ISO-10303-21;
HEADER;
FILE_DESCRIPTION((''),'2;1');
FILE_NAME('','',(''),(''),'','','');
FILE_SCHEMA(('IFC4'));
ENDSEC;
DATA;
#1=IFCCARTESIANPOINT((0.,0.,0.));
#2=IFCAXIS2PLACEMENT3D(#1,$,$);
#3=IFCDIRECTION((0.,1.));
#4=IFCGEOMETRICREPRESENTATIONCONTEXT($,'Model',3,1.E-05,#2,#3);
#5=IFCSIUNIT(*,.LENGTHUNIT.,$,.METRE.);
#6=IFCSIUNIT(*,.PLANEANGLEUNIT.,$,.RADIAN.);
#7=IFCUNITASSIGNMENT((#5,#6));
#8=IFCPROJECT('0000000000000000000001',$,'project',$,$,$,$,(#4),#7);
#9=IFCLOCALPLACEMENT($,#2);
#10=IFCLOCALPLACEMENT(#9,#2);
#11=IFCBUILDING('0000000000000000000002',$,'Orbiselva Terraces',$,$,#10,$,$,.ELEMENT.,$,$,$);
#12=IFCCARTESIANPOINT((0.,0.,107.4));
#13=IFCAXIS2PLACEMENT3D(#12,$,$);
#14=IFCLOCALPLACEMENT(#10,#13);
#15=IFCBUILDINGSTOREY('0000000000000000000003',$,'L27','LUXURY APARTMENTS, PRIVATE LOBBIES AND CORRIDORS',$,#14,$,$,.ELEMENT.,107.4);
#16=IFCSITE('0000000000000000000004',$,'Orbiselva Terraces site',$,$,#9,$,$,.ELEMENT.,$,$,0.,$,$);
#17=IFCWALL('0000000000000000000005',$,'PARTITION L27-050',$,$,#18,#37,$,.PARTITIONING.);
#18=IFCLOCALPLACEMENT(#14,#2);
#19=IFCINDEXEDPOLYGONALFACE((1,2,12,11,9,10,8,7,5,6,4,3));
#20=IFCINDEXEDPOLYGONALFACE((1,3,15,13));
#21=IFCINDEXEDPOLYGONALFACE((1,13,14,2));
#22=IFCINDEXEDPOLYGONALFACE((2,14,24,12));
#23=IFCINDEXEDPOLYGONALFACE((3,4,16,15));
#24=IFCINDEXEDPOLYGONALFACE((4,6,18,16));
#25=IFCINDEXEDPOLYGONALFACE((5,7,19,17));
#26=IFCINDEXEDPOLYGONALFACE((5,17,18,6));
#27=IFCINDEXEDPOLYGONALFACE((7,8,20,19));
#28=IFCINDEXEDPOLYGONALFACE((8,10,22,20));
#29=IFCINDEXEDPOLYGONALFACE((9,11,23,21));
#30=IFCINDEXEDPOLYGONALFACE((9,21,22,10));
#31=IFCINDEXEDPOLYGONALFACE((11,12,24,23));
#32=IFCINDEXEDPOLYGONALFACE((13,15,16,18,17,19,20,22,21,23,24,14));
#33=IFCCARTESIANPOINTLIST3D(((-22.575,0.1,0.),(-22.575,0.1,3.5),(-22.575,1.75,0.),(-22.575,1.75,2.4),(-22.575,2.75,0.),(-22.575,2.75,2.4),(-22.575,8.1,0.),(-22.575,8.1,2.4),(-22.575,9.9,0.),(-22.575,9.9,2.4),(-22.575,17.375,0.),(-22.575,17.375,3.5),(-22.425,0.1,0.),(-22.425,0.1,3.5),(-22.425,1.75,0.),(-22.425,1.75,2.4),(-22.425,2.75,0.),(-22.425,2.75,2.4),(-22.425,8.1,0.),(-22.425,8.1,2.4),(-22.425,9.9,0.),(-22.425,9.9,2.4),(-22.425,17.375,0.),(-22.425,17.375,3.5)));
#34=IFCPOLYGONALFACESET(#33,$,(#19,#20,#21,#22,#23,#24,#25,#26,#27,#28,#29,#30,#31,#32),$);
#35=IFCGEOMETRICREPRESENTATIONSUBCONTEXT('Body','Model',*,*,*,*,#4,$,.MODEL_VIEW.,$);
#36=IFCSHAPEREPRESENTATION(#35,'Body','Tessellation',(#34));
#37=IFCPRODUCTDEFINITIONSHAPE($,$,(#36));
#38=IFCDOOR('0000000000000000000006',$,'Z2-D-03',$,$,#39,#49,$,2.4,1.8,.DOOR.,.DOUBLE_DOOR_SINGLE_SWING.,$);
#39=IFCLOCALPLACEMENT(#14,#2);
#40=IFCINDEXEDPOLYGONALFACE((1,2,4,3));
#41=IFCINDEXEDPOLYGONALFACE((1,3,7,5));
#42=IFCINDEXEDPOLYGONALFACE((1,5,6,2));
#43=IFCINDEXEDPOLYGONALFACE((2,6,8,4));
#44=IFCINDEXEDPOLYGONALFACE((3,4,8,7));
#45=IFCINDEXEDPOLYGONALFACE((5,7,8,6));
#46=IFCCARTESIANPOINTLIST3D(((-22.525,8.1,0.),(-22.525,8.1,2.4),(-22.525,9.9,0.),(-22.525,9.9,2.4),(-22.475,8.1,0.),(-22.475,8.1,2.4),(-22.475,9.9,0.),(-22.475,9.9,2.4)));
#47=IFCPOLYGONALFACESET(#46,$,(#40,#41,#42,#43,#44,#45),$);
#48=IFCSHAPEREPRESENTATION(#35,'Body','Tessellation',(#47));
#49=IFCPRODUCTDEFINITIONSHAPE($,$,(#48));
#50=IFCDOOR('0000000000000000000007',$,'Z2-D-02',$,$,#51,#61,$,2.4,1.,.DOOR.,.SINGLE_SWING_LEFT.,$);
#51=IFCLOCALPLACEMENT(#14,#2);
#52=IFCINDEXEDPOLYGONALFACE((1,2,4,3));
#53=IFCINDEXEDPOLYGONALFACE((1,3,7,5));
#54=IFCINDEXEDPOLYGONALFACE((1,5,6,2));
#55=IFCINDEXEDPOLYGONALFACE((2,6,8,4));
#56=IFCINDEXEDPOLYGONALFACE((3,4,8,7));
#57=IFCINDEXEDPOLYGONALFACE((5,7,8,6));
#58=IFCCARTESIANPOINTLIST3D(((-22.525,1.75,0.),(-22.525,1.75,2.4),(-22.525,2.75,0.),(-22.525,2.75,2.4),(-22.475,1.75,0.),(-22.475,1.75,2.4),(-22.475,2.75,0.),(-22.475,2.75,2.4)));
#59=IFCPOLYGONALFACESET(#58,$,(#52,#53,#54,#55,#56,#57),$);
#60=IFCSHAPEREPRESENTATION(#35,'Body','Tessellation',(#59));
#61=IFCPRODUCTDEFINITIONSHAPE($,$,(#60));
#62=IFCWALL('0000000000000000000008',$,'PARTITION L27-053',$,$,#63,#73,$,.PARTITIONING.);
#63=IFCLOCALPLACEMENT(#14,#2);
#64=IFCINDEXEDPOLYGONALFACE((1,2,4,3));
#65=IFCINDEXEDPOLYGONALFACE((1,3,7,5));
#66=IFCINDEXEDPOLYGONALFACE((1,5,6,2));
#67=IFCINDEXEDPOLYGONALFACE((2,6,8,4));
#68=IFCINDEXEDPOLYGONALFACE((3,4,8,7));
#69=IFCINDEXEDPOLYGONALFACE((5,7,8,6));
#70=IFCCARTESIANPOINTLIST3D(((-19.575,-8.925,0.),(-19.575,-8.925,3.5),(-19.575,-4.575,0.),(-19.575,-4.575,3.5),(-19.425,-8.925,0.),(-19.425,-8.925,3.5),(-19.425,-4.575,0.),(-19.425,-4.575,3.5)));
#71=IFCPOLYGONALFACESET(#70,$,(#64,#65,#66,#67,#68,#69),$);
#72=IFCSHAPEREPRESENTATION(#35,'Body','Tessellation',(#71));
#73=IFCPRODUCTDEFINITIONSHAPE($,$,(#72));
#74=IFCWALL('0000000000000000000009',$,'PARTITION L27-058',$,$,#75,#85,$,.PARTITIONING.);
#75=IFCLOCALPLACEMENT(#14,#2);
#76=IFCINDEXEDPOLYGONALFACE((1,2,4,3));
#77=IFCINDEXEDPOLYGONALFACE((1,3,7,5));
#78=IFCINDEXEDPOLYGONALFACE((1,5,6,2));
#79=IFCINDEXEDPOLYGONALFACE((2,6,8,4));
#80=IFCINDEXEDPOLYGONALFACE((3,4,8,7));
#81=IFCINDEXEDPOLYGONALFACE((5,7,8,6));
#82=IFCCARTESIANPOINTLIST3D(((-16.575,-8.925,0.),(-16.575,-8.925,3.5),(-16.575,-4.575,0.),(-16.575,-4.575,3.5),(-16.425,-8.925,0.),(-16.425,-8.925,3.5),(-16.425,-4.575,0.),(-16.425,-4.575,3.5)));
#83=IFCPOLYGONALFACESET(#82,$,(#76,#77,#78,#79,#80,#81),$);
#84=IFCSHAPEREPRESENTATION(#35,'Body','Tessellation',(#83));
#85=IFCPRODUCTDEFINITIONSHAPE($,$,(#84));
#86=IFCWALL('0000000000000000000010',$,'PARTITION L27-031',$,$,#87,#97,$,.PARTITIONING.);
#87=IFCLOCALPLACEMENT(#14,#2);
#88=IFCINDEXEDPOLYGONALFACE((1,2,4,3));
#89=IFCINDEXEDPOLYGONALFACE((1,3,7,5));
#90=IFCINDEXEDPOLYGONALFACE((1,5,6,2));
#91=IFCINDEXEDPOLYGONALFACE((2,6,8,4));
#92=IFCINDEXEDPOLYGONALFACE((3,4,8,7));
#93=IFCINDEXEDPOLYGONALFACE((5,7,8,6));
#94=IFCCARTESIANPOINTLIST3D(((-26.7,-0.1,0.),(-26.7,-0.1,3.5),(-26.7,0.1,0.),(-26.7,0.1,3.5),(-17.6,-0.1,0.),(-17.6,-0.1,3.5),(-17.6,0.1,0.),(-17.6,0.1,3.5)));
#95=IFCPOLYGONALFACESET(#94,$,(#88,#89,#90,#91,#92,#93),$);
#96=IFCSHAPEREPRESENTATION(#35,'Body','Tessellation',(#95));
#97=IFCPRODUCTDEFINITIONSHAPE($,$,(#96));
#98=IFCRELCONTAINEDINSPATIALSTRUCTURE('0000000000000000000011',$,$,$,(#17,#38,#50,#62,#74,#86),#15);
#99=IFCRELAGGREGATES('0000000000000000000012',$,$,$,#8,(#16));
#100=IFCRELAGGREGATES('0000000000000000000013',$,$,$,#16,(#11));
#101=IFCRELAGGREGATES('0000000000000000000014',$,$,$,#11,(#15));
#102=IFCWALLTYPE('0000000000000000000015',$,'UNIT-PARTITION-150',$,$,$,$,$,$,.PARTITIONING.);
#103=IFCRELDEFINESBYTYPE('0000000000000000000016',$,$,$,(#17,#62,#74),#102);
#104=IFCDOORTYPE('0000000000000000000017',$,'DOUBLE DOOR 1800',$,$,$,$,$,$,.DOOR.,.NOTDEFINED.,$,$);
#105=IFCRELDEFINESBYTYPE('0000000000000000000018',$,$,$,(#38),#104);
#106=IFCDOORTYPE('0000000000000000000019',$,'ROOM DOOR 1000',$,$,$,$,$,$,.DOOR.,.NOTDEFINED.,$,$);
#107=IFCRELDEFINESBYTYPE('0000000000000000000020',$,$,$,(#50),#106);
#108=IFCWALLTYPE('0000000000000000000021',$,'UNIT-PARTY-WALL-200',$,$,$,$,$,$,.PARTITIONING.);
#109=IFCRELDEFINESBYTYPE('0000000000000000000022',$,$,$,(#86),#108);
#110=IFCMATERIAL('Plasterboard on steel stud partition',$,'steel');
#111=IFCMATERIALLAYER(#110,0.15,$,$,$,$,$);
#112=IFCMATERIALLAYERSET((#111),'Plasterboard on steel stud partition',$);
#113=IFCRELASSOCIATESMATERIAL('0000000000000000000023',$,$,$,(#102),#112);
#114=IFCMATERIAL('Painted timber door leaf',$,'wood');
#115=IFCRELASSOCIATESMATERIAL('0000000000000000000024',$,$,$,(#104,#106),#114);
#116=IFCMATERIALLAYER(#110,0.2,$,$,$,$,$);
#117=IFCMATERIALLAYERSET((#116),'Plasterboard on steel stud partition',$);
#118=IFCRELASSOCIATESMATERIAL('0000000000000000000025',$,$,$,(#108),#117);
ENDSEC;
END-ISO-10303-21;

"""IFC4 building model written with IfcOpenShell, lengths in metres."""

from ifc_helpers import new_model, si_unit, direction, frame, frame_2d, origin, place, context, subcontext, project, spatial, rectangle, extrude, material, layer, layer_set, type_object, element, fill, save


model = new_model("IFC4")

# Units and contexts
model_context = context("Model", 3, precision=1e-05, world=origin(), true_north=direction((0.0, 1.0)))
body_context = subcontext(model_context, "Body", "Model", "MODEL_VIEW")
ifc_project = project(units=[si_unit("LENGTHUNIT", "METRE"), si_unit("PLANEANGLEUNIT", "RADIAN")], contexts=[model_context])

# Site, building, storey
site_placement = place(None, origin())
site = spatial("IfcSite", under=ifc_project, at=site_placement, Name="Orbiselva Terraces site", CompositionType="ELEMENT", RefElevation=0.0)
building_placement = place(site_placement, origin())
building = spatial("IfcBuilding", under=site, at=building_placement, Name="Orbiselva Terraces", CompositionType="ELEMENT")
storey_placement = place(building_placement, frame((0.0, 0.0, 107.4)))
storey = spatial("IfcBuildingStorey", under=building, at=storey_placement, Name="L27", Description="LUXURY APARTMENTS, PRIVATE LOBBIES AND CORRIDORS", CompositionType="ELEMENT", Elevation=107.4)

# Shared definitions
ifc_material_1 = material(Name="Plasterboard on steel stud partition", Category="steel")

# Wall, openings, doors
ifc_layer_1 = layer(ifc_material_1, 0.15)
ifc_layer_set_1 = layer_set([ifc_layer_1], Name="Plasterboard on steel stud partition")
wall_type_1 = type_object("IfcWallType", Name="UNIT-PARTITION-150", PredefinedType="PARTITIONING", material=ifc_layer_set_1)
ifc_material_2 = material(Name="Painted timber door leaf", Category="wood")
wall_1_placement = place(storey_placement, frame((-22.5, 0.1, 0.0), z_axis=(0.0, 0.0, 1.0), x_axis=(0.0, 1.0, 0.0)))
wall_1 = element("IfcWall", 1, at=wall_1_placement, inside=storey, type_object=wall_type_1, Name="PARTITION L27-050", PredefinedType="PARTITIONING", context=body_context, shape_type="SweptSolid", body=[
    extrude(rectangle(XDim=17.275, YDim=0.15, at=frame_2d((8.6375, 0.0))), origin(), (0.0, 0.0, 1.0), 3.5),
])
opening_1_placement = place(wall_1_placement, frame((1.65, 0.0, 0.0)))
opening_1 = element("IfcOpeningElement", 2, at=opening_1_placement, cuts=wall_1, PredefinedType="OPENING", context=body_context, shape_type="SweptSolid", body=[
    extrude(rectangle(XDim=1.0, YDim=2.4, at=frame_2d((0.5, 1.2))), frame((0.0, 0.085, 0.0), z_axis=(0.0, -1.0, 0.0), x_axis=(1.0, 0.0, 0.0)), (0.0, 0.0, 1.0), 0.17),
])
opening_2_placement = place(wall_1_placement, frame((8.0, 0.0, 0.0)))
opening_2 = element("IfcOpeningElement", 3, at=opening_2_placement, cuts=wall_1, PredefinedType="OPENING", context=body_context, shape_type="SweptSolid", body=[
    extrude(rectangle(XDim=1.8, YDim=2.4, at=frame_2d((0.9, 1.2))), frame((0.0, 0.085, 0.0), z_axis=(0.0, -1.0, 0.0), x_axis=(1.0, 0.0, 0.0)), (0.0, 0.0, 1.0), 0.17),
])
door_type_1 = type_object("IfcDoorType", Name="DOUBLE DOOR 1800", OperationType="NOTDEFINED", PredefinedType="DOOR", material=ifc_material_2)
door_1_placement = place(opening_2_placement, origin())
door_1 = element("IfcDoor", 4, at=door_1_placement, inside=storey, type_object=door_type_1, Name="Z2-D-03", OperationType="DOUBLE_DOOR_SINGLE_SWING", OverallHeight=2.4, OverallWidth=1.8, PredefinedType="DOOR", context=body_context, shape_type="SweptSolid", body=[
    extrude(rectangle(XDim=1.8, YDim=2.4, at=frame_2d((0.9, 1.2))), frame((0.0, 0.025, 0.0), z_axis=(0.0, -1.0, 0.0), x_axis=(1.0, 0.0, 0.0)), (0.0, 0.0, 1.0), 0.05),
])
fill(opening_2, door_1)
door_type_2 = type_object("IfcDoorType", Name="ROOM DOOR 1000", OperationType="NOTDEFINED", PredefinedType="DOOR", material=ifc_material_2)
door_2_placement = place(opening_1_placement, origin())
door_2 = element("IfcDoor", 5, at=door_2_placement, inside=storey, type_object=door_type_2, Name="Z2-D-02", OperationType="SINGLE_SWING_LEFT", OverallHeight=2.4, OverallWidth=1.0, PredefinedType="DOOR", context=body_context, shape_type="SweptSolid", body=[
    extrude(rectangle(XDim=1.0, YDim=2.4, at=frame_2d((0.5, 1.2))), frame((0.0, 0.025, 0.0), z_axis=(0.0, -1.0, 0.0), x_axis=(1.0, 0.0, 0.0)), (0.0, 0.0, 1.0), 0.05),
])
fill(opening_1, door_2)

# Walls
for number, where, z_axis, x_axis, name in (
    (6, (-19.5, -8.925, 0.0), (0.0, 0.0, 1.0), (0.0, 1.0, 0.0), "PARTITION L27-053"),
    (7, (-16.5, -8.925, 0.0), (0.0, 0.0, 1.0), (0.0, 1.0, 0.0), "PARTITION L27-058"),
):
    element("IfcWall", number, at=place(storey_placement, frame(where, z_axis=z_axis, x_axis=x_axis)), inside=storey, type_object=wall_type_1, Name=name, PredefinedType="PARTITIONING", context=body_context, shape_type="SweptSolid", body=[
        extrude(rectangle(XDim=4.35, YDim=0.15, at=frame_2d((2.175, 0.0))), origin(), (0.0, 0.0, 1.0), 3.5),
    ])
ifc_layer_2 = layer(ifc_material_1, 0.2)
ifc_layer_set_2 = layer_set([ifc_layer_2], Name="Plasterboard on steel stud partition")
wall_type_2 = type_object("IfcWallType", Name="UNIT-PARTY-WALL-200", PredefinedType="PARTITIONING", material=ifc_layer_set_2)
wall_2_placement = place(storey_placement, frame((-26.7, 0.0, 0.0), z_axis=(0.0, 0.0, 1.0), x_axis=(1.0, 0.0, 0.0)))
element("IfcWall", 8, at=wall_2_placement, inside=storey, type_object=wall_type_2, Name="PARTITION L27-031", PredefinedType="PARTITIONING", context=body_context, shape_type="SweptSolid", body=[
    extrude(rectangle(XDim=9.1, YDim=0.2, at=frame_2d((4.55, 0.0))), origin(), (0.0, 0.0, 1.0), 3.5),
])

save(model, "model.ifc")
